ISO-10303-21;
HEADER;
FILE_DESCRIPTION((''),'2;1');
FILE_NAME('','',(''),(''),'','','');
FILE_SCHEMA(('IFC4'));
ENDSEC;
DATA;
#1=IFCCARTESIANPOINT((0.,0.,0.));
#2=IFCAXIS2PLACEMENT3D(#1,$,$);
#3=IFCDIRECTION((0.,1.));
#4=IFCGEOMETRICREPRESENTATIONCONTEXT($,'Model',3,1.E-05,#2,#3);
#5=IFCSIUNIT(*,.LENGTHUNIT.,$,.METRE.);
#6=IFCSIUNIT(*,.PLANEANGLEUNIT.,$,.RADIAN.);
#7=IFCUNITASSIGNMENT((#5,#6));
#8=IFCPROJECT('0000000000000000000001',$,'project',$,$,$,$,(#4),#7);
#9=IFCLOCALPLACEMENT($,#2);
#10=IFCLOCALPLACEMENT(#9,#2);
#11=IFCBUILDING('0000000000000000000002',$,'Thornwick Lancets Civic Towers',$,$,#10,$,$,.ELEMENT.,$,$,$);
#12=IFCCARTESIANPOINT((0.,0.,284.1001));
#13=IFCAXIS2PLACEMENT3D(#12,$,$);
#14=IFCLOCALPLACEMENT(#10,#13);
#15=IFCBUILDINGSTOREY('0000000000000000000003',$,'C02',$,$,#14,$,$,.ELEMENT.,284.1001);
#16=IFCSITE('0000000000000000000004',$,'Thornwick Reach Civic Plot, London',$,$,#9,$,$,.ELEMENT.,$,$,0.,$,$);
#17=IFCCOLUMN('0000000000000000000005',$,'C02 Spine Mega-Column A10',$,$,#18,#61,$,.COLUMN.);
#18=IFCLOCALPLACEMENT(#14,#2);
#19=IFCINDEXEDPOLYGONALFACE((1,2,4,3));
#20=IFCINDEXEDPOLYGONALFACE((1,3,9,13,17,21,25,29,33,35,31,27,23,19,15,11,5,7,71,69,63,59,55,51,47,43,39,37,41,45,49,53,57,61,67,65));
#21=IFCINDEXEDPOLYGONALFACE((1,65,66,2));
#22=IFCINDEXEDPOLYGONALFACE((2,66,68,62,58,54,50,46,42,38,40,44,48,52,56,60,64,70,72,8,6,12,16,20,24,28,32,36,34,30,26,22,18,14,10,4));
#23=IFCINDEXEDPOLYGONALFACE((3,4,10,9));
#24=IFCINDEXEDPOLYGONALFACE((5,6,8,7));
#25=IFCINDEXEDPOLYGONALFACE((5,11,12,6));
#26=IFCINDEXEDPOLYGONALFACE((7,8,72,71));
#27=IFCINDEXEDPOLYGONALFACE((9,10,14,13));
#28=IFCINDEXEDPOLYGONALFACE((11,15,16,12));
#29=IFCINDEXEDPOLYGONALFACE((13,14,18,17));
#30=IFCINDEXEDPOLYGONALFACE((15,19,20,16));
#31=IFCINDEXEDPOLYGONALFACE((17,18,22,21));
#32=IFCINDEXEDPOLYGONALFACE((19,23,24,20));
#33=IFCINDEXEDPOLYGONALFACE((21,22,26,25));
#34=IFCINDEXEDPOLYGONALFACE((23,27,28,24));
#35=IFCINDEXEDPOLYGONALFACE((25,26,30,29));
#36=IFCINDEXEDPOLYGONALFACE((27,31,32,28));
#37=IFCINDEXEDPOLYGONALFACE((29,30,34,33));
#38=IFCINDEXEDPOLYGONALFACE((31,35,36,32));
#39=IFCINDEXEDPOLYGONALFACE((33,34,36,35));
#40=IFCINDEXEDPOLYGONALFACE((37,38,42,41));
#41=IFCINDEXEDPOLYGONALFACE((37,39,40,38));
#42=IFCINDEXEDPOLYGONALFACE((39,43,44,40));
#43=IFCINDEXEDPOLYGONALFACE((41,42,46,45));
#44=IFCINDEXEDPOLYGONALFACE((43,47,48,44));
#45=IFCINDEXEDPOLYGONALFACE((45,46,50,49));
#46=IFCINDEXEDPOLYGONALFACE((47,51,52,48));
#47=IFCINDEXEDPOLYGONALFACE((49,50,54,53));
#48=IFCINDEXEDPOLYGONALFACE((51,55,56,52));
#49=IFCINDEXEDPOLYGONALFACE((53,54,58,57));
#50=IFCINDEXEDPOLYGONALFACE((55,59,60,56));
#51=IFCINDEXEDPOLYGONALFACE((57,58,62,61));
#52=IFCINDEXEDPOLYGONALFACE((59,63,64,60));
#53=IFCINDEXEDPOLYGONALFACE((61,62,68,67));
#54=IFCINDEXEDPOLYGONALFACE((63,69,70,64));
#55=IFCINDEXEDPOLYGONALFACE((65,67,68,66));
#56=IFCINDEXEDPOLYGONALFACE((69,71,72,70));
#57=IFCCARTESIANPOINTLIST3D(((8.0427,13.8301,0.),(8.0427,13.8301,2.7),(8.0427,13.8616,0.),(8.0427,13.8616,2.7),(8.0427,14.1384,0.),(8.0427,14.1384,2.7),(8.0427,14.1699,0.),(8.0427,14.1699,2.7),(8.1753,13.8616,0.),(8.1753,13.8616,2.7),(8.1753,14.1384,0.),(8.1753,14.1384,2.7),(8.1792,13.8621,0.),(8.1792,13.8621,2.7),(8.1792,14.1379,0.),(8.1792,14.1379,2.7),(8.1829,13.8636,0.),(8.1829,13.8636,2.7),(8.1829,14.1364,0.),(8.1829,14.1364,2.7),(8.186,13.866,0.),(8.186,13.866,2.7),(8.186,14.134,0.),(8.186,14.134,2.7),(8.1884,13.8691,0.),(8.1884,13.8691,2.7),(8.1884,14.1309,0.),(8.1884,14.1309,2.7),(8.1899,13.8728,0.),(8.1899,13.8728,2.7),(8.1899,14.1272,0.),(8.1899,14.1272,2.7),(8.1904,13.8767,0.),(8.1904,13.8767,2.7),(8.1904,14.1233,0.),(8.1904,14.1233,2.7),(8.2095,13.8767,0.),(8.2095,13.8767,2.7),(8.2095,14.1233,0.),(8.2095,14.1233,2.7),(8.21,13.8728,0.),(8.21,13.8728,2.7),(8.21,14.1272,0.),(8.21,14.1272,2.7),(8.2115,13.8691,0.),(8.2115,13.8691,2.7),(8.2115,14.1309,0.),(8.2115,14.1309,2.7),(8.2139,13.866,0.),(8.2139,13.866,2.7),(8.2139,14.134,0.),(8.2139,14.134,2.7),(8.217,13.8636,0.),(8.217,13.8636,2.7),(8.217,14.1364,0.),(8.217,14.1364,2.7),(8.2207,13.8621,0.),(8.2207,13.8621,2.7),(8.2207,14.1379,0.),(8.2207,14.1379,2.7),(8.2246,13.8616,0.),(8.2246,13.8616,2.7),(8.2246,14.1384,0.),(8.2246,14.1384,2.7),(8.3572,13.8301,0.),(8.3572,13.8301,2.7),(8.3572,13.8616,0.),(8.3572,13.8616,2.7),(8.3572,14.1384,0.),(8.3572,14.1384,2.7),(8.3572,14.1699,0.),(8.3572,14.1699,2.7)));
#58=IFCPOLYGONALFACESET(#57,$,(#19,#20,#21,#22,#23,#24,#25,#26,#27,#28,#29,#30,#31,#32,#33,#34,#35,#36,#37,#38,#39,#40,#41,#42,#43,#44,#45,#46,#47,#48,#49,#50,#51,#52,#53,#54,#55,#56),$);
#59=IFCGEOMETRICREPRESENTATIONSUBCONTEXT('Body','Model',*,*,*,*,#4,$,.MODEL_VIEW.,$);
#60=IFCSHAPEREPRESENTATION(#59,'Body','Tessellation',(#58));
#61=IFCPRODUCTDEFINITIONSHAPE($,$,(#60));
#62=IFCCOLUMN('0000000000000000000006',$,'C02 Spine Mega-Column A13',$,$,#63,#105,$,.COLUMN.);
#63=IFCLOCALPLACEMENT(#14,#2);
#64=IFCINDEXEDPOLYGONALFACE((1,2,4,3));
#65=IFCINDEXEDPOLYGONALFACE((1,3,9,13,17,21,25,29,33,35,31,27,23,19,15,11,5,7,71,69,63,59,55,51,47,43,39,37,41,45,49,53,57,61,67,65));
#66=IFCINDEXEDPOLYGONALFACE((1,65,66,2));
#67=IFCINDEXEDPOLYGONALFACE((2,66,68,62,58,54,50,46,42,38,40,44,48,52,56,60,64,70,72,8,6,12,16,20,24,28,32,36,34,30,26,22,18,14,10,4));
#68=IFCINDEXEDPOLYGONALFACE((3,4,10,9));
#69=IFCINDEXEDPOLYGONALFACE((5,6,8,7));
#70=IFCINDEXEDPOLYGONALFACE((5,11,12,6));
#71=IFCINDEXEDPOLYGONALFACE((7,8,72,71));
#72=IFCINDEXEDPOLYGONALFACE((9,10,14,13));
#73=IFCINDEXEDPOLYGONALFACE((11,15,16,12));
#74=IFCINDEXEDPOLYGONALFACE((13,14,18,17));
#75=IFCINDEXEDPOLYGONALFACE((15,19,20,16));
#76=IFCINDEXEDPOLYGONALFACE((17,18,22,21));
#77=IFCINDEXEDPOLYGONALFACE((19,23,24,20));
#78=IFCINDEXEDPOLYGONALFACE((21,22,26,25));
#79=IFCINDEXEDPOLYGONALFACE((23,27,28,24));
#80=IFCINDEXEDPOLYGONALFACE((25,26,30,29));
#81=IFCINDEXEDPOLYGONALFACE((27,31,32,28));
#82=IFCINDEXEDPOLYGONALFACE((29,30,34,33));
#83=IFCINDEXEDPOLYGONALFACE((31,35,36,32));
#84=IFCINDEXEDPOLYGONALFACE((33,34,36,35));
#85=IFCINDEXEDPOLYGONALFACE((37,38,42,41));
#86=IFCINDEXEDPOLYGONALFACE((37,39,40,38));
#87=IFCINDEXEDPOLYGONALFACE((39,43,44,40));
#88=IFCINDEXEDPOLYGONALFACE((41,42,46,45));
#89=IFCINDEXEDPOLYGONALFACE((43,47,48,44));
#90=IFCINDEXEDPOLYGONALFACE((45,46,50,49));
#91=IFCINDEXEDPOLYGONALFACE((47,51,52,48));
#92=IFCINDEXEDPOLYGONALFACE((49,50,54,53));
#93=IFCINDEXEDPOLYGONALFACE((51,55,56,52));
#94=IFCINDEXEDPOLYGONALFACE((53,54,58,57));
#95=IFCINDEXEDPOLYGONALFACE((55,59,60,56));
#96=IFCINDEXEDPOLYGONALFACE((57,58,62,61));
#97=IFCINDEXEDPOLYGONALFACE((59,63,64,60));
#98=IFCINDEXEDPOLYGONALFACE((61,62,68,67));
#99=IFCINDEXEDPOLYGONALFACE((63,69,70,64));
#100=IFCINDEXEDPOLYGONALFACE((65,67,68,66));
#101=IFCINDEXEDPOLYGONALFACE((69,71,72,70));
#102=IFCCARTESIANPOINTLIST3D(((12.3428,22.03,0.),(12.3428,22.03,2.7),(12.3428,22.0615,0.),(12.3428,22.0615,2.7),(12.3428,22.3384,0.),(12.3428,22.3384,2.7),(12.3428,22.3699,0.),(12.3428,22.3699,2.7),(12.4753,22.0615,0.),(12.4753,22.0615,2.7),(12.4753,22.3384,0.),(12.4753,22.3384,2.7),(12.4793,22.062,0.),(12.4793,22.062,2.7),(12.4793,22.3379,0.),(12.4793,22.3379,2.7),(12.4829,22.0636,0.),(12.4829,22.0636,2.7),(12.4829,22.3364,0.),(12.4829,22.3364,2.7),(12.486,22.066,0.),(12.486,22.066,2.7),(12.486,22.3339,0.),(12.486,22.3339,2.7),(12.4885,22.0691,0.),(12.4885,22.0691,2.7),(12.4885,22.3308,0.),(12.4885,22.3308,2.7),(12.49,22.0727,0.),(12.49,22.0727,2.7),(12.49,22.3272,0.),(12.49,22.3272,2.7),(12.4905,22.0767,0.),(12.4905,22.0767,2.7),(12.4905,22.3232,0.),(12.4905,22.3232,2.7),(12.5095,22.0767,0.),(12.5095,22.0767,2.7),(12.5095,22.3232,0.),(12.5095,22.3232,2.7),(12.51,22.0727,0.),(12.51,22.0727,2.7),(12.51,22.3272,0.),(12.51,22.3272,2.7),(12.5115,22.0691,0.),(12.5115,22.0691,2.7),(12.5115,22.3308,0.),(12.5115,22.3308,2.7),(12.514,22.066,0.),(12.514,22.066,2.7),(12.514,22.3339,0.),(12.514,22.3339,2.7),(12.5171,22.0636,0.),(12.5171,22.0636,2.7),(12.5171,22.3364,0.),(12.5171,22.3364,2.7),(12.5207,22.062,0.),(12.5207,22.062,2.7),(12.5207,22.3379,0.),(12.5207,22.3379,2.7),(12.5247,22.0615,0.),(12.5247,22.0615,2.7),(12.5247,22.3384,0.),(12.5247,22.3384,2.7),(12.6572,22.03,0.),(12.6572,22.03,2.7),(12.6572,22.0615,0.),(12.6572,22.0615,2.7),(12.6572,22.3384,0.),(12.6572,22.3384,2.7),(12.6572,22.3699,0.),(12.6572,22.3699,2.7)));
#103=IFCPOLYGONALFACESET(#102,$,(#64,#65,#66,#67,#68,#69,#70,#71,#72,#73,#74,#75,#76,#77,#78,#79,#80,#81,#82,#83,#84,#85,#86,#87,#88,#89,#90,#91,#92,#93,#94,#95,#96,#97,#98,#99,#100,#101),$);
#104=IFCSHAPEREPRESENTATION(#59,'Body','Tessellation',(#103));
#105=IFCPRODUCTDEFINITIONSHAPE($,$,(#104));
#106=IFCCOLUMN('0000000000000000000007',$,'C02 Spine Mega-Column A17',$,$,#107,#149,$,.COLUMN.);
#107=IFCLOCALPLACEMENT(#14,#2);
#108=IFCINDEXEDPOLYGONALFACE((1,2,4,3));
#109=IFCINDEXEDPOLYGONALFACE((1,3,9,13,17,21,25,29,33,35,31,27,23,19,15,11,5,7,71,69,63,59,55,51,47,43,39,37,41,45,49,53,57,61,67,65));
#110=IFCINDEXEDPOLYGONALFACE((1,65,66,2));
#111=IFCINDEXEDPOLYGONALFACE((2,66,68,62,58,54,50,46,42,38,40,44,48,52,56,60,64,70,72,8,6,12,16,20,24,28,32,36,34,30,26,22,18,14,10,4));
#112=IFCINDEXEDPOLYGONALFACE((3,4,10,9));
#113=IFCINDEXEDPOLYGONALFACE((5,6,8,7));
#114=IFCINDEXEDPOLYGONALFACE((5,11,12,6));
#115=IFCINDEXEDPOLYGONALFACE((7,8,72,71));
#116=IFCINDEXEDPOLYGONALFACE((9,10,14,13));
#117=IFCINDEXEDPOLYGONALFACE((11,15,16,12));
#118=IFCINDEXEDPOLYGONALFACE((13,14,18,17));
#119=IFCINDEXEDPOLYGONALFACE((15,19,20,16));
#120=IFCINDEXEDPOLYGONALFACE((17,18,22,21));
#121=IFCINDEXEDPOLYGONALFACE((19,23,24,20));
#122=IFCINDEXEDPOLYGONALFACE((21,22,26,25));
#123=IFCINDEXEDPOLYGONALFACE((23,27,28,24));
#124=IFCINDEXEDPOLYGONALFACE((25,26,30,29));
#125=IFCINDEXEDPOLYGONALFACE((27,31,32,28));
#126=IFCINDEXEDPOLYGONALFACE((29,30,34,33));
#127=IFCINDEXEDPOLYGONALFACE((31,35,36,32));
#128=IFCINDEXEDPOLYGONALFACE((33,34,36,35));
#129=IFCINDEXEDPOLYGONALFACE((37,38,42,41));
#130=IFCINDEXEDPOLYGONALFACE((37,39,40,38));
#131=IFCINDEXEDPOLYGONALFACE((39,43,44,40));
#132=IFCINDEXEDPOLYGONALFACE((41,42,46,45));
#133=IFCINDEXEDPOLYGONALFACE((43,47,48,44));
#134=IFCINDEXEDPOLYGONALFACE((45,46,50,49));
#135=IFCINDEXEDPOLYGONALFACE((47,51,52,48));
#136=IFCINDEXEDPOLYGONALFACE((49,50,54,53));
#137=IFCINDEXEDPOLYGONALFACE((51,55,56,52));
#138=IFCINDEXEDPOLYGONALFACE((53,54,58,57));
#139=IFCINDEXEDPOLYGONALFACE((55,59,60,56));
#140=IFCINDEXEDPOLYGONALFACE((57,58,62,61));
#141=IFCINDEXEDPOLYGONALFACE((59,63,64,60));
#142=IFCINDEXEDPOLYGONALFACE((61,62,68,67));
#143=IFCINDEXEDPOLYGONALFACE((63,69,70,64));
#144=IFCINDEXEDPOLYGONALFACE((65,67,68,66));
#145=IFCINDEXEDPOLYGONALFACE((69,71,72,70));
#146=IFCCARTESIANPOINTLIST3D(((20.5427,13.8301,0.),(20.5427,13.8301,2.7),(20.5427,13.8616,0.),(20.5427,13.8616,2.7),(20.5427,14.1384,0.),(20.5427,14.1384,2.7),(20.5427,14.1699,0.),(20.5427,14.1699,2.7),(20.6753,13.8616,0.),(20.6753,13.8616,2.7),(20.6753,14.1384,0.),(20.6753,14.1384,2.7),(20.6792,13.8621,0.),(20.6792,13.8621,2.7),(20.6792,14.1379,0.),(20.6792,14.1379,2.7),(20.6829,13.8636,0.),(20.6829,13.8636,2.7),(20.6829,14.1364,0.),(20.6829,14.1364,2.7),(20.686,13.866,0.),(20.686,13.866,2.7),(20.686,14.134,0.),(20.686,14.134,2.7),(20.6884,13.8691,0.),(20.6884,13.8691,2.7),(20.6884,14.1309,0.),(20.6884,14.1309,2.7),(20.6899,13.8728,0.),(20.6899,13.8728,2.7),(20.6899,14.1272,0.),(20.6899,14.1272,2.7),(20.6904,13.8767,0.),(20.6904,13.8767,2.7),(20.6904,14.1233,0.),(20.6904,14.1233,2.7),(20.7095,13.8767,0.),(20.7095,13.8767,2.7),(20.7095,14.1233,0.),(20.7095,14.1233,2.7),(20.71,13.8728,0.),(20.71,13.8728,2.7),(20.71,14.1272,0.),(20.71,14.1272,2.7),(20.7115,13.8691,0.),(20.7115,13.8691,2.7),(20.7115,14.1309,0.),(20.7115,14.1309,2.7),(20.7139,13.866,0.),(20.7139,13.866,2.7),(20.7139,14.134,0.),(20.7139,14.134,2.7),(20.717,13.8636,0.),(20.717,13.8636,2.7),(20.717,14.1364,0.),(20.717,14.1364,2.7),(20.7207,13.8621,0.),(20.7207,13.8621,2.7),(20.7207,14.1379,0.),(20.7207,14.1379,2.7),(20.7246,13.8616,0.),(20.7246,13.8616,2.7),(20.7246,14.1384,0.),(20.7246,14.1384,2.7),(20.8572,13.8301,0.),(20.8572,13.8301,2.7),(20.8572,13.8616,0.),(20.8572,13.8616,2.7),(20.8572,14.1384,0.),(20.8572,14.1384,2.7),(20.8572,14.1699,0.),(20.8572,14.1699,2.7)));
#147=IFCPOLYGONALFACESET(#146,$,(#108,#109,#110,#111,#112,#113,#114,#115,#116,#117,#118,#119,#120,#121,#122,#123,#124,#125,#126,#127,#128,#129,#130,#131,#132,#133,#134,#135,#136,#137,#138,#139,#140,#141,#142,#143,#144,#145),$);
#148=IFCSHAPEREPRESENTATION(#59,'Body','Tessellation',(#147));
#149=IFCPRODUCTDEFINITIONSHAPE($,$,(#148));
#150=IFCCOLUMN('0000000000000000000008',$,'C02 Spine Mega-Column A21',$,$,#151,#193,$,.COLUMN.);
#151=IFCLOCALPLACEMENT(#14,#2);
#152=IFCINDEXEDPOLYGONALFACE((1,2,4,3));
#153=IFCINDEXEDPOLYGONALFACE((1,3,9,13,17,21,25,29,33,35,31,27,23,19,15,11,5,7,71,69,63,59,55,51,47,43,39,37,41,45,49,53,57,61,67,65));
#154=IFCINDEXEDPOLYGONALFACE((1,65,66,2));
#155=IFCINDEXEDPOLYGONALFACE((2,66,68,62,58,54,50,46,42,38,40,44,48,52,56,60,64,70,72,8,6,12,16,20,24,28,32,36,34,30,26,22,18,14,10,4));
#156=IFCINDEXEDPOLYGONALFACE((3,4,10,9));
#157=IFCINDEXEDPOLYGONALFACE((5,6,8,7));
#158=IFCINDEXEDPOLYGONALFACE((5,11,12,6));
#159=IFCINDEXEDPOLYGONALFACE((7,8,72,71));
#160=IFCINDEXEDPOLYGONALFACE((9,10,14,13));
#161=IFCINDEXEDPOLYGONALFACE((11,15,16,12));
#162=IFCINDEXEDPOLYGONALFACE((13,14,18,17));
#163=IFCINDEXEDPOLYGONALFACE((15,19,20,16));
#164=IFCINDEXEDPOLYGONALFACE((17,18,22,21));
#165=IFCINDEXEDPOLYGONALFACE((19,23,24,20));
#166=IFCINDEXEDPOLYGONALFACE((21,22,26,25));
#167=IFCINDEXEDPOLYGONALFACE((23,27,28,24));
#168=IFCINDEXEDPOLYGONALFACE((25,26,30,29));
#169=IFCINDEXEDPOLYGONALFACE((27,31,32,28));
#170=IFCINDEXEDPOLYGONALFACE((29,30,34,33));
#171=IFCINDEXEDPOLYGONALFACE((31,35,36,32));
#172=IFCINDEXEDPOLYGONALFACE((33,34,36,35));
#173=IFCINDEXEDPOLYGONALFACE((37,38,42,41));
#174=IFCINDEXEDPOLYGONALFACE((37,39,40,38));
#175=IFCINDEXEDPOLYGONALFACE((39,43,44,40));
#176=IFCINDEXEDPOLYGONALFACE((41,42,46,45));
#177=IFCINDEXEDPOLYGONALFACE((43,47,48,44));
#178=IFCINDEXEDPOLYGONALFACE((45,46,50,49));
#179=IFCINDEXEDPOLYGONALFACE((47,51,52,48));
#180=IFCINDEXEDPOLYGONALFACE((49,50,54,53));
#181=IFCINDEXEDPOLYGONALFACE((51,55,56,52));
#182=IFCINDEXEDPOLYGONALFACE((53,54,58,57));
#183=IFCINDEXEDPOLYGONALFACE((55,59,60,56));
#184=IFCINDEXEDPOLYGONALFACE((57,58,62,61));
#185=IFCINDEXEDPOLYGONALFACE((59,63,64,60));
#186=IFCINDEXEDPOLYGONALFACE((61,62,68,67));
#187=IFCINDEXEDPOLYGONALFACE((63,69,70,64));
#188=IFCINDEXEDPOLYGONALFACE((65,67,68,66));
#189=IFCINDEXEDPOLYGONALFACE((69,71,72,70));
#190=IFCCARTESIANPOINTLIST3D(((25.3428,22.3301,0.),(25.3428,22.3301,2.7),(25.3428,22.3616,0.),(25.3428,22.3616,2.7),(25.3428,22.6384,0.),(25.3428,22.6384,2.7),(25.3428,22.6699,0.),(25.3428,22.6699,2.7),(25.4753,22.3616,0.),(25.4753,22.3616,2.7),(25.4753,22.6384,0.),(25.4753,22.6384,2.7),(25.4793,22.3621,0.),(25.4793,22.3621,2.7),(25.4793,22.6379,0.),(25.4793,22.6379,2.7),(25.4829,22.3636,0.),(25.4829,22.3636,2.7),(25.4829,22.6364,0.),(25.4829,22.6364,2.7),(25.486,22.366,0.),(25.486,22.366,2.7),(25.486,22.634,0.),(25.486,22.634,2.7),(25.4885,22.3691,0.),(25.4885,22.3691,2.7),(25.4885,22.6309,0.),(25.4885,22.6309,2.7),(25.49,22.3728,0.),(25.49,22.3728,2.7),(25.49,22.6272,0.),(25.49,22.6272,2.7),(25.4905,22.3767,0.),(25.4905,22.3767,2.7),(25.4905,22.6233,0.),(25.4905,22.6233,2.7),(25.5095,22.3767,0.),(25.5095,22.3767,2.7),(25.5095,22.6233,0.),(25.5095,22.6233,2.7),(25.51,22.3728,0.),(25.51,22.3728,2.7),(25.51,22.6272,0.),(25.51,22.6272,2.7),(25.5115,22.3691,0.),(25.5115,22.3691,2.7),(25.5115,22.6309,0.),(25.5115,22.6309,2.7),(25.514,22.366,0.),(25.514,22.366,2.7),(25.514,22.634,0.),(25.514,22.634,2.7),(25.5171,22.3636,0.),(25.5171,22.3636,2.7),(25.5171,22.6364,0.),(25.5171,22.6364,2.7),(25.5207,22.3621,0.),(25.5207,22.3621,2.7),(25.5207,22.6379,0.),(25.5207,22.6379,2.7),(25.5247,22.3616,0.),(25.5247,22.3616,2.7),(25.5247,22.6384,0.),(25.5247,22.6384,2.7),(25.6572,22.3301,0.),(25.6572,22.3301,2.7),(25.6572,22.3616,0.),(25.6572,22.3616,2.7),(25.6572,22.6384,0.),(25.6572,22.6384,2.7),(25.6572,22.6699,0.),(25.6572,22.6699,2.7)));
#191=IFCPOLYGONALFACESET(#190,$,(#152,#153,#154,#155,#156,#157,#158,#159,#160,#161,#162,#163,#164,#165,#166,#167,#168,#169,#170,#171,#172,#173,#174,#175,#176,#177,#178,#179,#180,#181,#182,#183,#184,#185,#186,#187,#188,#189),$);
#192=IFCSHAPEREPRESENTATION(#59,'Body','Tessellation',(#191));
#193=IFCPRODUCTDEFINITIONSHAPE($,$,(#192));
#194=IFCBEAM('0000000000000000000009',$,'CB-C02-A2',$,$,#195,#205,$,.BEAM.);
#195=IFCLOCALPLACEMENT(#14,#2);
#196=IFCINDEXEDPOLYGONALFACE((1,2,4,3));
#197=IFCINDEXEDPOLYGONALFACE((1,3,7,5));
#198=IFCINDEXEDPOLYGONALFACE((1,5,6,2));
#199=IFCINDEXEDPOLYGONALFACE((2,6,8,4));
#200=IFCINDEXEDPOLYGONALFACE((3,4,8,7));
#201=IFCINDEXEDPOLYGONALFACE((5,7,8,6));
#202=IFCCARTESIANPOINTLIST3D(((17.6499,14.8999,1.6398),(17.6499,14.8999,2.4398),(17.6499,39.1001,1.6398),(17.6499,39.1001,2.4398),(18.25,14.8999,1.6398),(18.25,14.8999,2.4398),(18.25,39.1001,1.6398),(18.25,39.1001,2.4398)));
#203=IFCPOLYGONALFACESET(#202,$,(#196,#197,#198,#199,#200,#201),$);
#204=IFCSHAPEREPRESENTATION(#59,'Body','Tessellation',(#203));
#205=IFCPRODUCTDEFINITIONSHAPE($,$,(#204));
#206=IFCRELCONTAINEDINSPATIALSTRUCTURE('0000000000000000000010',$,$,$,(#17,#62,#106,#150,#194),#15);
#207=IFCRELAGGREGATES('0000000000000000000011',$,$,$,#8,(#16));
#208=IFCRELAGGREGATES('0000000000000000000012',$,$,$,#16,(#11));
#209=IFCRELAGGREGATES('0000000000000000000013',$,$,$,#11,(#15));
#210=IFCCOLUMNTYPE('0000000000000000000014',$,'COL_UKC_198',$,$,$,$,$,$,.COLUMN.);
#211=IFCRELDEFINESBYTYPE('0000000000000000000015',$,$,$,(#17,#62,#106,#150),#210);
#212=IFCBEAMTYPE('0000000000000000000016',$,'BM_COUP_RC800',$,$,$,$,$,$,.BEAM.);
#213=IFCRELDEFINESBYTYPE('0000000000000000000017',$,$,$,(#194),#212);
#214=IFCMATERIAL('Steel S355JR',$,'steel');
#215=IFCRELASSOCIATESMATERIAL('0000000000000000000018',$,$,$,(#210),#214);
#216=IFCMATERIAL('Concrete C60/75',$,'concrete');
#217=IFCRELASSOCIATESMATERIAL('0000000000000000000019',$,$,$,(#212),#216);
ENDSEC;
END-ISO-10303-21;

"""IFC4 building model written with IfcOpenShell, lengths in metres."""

from ifc_helpers import new_model, si_unit, direction, frame, origin, origin_2d, place, context, subcontext, project, spatial, rectangle, i_section, extrude, material, material_profile, profile_set, type_object, element, save


model = new_model("IFC4")

# Units and contexts
model_context = context("Model", 3, precision=1e-05, world=origin(), true_north=direction((0.0, 1.0)))
body_context = subcontext(model_context, "Body", "Model", "MODEL_VIEW")
ifc_project = project(units=[si_unit("LENGTHUNIT", "METRE"), si_unit("PLANEANGLEUNIT", "RADIAN")], contexts=[model_context])

# Site, building, storey
site_placement = place(None, origin())
site = spatial("IfcSite", under=ifc_project, at=site_placement, Name="Thornwick Reach Civic Plot, London", CompositionType="ELEMENT", RefElevation=0.0)
building_placement = place(site_placement, origin())
building = spatial("IfcBuilding", under=site, at=building_placement, Name="Thornwick Lancets Civic Towers", CompositionType="ELEMENT")
storey_placement = place(building_placement, frame((0.0, 0.0, 284.1001)))
storey = spatial("IfcBuildingStorey", under=building, at=storey_placement, Name="C02", CompositionType="ELEMENT", Elevation=284.1001)

# Columns
ifc_material_1 = material(Name="Steel S355JR", Category="steel")
ifc_material_profile_1 = material_profile(ifc_material_1, i_section(OverallWidth=0.3145, OverallDepth=0.3398, WebThickness=0.019, FlangeThickness=0.0315, FilletRadius=0.0151, at=origin_2d()), Name="UKC 305x305x198")
ifc_profile_set_1 = profile_set([ifc_material_profile_1], Name="Steel S355JR")
column_type_1 = type_object("IfcColumnType", Name="COL_UKC_198", PredefinedType="COLUMN", material=ifc_profile_set_1)
for number, where, z_axis, x_axis, name in (
    (1, (8.2, 14.0, 0.0), (0.0, 0.0, 1.0), (1.0, 0.0, 0.0), "C02 Spine Mega-Column A10"),
    (2, (12.5, 22.2, 0.0), (0.0, 0.0, 1.0), (1.0, 0.0, 0.0), "C02 Spine Mega-Column A13"),
    (3, (20.7, 14.0, 0.0), (0.0, 0.0, 1.0), (1.0, 0.0, 0.0), "C02 Spine Mega-Column A17"),
    (4, (25.5, 22.5, 0.0), (0.0, 0.0, 1.0), (1.0, 0.0, 0.0), "C02 Spine Mega-Column A21"),
):
    element("IfcColumn", number, at=place(storey_placement, frame(where, z_axis=z_axis, x_axis=x_axis)), inside=storey, type_object=column_type_1, Name=name, PredefinedType="COLUMN", context=body_context, shape_type="SweptSolid", body=[
        extrude(i_section(OverallWidth=0.3145, OverallDepth=0.3398, WebThickness=0.019, FlangeThickness=0.0315, FilletRadius=0.0151, at=origin_2d()), origin(), (0.0, 0.0, 1.0), 2.7),
    ])

# Beam
ifc_material_2 = material(Name="Concrete C60/75", Category="concrete")
ifc_material_profile_2 = material_profile(ifc_material_2, rectangle(XDim=0.6001, YDim=0.8, at=origin_2d()), Name="RC 600x800")
ifc_profile_set_2 = profile_set([ifc_material_profile_2], Name="Concrete C60/75")
beam_type_1 = type_object("IfcBeamType", Name="BM_COUP_RC800", PredefinedType="BEAM", material=ifc_profile_set_2)
beam_1_placement = place(storey_placement, frame((17.95, 14.8999, 2.0398), z_axis=(0.0, 1.0, 0.0), x_axis=(-1.0, 0.0, 0.0)))
element("IfcBeam", 5, at=beam_1_placement, inside=storey, type_object=beam_type_1, Name="CB-C02-A2", PredefinedType="BEAM", context=body_context, shape_type="SweptSolid", body=[
    extrude(rectangle(XDim=0.6001, YDim=0.8, at=origin_2d()), origin(), (0.0, 0.0, 1.0), 24.2002),
])

save(model, "model.ifc")
